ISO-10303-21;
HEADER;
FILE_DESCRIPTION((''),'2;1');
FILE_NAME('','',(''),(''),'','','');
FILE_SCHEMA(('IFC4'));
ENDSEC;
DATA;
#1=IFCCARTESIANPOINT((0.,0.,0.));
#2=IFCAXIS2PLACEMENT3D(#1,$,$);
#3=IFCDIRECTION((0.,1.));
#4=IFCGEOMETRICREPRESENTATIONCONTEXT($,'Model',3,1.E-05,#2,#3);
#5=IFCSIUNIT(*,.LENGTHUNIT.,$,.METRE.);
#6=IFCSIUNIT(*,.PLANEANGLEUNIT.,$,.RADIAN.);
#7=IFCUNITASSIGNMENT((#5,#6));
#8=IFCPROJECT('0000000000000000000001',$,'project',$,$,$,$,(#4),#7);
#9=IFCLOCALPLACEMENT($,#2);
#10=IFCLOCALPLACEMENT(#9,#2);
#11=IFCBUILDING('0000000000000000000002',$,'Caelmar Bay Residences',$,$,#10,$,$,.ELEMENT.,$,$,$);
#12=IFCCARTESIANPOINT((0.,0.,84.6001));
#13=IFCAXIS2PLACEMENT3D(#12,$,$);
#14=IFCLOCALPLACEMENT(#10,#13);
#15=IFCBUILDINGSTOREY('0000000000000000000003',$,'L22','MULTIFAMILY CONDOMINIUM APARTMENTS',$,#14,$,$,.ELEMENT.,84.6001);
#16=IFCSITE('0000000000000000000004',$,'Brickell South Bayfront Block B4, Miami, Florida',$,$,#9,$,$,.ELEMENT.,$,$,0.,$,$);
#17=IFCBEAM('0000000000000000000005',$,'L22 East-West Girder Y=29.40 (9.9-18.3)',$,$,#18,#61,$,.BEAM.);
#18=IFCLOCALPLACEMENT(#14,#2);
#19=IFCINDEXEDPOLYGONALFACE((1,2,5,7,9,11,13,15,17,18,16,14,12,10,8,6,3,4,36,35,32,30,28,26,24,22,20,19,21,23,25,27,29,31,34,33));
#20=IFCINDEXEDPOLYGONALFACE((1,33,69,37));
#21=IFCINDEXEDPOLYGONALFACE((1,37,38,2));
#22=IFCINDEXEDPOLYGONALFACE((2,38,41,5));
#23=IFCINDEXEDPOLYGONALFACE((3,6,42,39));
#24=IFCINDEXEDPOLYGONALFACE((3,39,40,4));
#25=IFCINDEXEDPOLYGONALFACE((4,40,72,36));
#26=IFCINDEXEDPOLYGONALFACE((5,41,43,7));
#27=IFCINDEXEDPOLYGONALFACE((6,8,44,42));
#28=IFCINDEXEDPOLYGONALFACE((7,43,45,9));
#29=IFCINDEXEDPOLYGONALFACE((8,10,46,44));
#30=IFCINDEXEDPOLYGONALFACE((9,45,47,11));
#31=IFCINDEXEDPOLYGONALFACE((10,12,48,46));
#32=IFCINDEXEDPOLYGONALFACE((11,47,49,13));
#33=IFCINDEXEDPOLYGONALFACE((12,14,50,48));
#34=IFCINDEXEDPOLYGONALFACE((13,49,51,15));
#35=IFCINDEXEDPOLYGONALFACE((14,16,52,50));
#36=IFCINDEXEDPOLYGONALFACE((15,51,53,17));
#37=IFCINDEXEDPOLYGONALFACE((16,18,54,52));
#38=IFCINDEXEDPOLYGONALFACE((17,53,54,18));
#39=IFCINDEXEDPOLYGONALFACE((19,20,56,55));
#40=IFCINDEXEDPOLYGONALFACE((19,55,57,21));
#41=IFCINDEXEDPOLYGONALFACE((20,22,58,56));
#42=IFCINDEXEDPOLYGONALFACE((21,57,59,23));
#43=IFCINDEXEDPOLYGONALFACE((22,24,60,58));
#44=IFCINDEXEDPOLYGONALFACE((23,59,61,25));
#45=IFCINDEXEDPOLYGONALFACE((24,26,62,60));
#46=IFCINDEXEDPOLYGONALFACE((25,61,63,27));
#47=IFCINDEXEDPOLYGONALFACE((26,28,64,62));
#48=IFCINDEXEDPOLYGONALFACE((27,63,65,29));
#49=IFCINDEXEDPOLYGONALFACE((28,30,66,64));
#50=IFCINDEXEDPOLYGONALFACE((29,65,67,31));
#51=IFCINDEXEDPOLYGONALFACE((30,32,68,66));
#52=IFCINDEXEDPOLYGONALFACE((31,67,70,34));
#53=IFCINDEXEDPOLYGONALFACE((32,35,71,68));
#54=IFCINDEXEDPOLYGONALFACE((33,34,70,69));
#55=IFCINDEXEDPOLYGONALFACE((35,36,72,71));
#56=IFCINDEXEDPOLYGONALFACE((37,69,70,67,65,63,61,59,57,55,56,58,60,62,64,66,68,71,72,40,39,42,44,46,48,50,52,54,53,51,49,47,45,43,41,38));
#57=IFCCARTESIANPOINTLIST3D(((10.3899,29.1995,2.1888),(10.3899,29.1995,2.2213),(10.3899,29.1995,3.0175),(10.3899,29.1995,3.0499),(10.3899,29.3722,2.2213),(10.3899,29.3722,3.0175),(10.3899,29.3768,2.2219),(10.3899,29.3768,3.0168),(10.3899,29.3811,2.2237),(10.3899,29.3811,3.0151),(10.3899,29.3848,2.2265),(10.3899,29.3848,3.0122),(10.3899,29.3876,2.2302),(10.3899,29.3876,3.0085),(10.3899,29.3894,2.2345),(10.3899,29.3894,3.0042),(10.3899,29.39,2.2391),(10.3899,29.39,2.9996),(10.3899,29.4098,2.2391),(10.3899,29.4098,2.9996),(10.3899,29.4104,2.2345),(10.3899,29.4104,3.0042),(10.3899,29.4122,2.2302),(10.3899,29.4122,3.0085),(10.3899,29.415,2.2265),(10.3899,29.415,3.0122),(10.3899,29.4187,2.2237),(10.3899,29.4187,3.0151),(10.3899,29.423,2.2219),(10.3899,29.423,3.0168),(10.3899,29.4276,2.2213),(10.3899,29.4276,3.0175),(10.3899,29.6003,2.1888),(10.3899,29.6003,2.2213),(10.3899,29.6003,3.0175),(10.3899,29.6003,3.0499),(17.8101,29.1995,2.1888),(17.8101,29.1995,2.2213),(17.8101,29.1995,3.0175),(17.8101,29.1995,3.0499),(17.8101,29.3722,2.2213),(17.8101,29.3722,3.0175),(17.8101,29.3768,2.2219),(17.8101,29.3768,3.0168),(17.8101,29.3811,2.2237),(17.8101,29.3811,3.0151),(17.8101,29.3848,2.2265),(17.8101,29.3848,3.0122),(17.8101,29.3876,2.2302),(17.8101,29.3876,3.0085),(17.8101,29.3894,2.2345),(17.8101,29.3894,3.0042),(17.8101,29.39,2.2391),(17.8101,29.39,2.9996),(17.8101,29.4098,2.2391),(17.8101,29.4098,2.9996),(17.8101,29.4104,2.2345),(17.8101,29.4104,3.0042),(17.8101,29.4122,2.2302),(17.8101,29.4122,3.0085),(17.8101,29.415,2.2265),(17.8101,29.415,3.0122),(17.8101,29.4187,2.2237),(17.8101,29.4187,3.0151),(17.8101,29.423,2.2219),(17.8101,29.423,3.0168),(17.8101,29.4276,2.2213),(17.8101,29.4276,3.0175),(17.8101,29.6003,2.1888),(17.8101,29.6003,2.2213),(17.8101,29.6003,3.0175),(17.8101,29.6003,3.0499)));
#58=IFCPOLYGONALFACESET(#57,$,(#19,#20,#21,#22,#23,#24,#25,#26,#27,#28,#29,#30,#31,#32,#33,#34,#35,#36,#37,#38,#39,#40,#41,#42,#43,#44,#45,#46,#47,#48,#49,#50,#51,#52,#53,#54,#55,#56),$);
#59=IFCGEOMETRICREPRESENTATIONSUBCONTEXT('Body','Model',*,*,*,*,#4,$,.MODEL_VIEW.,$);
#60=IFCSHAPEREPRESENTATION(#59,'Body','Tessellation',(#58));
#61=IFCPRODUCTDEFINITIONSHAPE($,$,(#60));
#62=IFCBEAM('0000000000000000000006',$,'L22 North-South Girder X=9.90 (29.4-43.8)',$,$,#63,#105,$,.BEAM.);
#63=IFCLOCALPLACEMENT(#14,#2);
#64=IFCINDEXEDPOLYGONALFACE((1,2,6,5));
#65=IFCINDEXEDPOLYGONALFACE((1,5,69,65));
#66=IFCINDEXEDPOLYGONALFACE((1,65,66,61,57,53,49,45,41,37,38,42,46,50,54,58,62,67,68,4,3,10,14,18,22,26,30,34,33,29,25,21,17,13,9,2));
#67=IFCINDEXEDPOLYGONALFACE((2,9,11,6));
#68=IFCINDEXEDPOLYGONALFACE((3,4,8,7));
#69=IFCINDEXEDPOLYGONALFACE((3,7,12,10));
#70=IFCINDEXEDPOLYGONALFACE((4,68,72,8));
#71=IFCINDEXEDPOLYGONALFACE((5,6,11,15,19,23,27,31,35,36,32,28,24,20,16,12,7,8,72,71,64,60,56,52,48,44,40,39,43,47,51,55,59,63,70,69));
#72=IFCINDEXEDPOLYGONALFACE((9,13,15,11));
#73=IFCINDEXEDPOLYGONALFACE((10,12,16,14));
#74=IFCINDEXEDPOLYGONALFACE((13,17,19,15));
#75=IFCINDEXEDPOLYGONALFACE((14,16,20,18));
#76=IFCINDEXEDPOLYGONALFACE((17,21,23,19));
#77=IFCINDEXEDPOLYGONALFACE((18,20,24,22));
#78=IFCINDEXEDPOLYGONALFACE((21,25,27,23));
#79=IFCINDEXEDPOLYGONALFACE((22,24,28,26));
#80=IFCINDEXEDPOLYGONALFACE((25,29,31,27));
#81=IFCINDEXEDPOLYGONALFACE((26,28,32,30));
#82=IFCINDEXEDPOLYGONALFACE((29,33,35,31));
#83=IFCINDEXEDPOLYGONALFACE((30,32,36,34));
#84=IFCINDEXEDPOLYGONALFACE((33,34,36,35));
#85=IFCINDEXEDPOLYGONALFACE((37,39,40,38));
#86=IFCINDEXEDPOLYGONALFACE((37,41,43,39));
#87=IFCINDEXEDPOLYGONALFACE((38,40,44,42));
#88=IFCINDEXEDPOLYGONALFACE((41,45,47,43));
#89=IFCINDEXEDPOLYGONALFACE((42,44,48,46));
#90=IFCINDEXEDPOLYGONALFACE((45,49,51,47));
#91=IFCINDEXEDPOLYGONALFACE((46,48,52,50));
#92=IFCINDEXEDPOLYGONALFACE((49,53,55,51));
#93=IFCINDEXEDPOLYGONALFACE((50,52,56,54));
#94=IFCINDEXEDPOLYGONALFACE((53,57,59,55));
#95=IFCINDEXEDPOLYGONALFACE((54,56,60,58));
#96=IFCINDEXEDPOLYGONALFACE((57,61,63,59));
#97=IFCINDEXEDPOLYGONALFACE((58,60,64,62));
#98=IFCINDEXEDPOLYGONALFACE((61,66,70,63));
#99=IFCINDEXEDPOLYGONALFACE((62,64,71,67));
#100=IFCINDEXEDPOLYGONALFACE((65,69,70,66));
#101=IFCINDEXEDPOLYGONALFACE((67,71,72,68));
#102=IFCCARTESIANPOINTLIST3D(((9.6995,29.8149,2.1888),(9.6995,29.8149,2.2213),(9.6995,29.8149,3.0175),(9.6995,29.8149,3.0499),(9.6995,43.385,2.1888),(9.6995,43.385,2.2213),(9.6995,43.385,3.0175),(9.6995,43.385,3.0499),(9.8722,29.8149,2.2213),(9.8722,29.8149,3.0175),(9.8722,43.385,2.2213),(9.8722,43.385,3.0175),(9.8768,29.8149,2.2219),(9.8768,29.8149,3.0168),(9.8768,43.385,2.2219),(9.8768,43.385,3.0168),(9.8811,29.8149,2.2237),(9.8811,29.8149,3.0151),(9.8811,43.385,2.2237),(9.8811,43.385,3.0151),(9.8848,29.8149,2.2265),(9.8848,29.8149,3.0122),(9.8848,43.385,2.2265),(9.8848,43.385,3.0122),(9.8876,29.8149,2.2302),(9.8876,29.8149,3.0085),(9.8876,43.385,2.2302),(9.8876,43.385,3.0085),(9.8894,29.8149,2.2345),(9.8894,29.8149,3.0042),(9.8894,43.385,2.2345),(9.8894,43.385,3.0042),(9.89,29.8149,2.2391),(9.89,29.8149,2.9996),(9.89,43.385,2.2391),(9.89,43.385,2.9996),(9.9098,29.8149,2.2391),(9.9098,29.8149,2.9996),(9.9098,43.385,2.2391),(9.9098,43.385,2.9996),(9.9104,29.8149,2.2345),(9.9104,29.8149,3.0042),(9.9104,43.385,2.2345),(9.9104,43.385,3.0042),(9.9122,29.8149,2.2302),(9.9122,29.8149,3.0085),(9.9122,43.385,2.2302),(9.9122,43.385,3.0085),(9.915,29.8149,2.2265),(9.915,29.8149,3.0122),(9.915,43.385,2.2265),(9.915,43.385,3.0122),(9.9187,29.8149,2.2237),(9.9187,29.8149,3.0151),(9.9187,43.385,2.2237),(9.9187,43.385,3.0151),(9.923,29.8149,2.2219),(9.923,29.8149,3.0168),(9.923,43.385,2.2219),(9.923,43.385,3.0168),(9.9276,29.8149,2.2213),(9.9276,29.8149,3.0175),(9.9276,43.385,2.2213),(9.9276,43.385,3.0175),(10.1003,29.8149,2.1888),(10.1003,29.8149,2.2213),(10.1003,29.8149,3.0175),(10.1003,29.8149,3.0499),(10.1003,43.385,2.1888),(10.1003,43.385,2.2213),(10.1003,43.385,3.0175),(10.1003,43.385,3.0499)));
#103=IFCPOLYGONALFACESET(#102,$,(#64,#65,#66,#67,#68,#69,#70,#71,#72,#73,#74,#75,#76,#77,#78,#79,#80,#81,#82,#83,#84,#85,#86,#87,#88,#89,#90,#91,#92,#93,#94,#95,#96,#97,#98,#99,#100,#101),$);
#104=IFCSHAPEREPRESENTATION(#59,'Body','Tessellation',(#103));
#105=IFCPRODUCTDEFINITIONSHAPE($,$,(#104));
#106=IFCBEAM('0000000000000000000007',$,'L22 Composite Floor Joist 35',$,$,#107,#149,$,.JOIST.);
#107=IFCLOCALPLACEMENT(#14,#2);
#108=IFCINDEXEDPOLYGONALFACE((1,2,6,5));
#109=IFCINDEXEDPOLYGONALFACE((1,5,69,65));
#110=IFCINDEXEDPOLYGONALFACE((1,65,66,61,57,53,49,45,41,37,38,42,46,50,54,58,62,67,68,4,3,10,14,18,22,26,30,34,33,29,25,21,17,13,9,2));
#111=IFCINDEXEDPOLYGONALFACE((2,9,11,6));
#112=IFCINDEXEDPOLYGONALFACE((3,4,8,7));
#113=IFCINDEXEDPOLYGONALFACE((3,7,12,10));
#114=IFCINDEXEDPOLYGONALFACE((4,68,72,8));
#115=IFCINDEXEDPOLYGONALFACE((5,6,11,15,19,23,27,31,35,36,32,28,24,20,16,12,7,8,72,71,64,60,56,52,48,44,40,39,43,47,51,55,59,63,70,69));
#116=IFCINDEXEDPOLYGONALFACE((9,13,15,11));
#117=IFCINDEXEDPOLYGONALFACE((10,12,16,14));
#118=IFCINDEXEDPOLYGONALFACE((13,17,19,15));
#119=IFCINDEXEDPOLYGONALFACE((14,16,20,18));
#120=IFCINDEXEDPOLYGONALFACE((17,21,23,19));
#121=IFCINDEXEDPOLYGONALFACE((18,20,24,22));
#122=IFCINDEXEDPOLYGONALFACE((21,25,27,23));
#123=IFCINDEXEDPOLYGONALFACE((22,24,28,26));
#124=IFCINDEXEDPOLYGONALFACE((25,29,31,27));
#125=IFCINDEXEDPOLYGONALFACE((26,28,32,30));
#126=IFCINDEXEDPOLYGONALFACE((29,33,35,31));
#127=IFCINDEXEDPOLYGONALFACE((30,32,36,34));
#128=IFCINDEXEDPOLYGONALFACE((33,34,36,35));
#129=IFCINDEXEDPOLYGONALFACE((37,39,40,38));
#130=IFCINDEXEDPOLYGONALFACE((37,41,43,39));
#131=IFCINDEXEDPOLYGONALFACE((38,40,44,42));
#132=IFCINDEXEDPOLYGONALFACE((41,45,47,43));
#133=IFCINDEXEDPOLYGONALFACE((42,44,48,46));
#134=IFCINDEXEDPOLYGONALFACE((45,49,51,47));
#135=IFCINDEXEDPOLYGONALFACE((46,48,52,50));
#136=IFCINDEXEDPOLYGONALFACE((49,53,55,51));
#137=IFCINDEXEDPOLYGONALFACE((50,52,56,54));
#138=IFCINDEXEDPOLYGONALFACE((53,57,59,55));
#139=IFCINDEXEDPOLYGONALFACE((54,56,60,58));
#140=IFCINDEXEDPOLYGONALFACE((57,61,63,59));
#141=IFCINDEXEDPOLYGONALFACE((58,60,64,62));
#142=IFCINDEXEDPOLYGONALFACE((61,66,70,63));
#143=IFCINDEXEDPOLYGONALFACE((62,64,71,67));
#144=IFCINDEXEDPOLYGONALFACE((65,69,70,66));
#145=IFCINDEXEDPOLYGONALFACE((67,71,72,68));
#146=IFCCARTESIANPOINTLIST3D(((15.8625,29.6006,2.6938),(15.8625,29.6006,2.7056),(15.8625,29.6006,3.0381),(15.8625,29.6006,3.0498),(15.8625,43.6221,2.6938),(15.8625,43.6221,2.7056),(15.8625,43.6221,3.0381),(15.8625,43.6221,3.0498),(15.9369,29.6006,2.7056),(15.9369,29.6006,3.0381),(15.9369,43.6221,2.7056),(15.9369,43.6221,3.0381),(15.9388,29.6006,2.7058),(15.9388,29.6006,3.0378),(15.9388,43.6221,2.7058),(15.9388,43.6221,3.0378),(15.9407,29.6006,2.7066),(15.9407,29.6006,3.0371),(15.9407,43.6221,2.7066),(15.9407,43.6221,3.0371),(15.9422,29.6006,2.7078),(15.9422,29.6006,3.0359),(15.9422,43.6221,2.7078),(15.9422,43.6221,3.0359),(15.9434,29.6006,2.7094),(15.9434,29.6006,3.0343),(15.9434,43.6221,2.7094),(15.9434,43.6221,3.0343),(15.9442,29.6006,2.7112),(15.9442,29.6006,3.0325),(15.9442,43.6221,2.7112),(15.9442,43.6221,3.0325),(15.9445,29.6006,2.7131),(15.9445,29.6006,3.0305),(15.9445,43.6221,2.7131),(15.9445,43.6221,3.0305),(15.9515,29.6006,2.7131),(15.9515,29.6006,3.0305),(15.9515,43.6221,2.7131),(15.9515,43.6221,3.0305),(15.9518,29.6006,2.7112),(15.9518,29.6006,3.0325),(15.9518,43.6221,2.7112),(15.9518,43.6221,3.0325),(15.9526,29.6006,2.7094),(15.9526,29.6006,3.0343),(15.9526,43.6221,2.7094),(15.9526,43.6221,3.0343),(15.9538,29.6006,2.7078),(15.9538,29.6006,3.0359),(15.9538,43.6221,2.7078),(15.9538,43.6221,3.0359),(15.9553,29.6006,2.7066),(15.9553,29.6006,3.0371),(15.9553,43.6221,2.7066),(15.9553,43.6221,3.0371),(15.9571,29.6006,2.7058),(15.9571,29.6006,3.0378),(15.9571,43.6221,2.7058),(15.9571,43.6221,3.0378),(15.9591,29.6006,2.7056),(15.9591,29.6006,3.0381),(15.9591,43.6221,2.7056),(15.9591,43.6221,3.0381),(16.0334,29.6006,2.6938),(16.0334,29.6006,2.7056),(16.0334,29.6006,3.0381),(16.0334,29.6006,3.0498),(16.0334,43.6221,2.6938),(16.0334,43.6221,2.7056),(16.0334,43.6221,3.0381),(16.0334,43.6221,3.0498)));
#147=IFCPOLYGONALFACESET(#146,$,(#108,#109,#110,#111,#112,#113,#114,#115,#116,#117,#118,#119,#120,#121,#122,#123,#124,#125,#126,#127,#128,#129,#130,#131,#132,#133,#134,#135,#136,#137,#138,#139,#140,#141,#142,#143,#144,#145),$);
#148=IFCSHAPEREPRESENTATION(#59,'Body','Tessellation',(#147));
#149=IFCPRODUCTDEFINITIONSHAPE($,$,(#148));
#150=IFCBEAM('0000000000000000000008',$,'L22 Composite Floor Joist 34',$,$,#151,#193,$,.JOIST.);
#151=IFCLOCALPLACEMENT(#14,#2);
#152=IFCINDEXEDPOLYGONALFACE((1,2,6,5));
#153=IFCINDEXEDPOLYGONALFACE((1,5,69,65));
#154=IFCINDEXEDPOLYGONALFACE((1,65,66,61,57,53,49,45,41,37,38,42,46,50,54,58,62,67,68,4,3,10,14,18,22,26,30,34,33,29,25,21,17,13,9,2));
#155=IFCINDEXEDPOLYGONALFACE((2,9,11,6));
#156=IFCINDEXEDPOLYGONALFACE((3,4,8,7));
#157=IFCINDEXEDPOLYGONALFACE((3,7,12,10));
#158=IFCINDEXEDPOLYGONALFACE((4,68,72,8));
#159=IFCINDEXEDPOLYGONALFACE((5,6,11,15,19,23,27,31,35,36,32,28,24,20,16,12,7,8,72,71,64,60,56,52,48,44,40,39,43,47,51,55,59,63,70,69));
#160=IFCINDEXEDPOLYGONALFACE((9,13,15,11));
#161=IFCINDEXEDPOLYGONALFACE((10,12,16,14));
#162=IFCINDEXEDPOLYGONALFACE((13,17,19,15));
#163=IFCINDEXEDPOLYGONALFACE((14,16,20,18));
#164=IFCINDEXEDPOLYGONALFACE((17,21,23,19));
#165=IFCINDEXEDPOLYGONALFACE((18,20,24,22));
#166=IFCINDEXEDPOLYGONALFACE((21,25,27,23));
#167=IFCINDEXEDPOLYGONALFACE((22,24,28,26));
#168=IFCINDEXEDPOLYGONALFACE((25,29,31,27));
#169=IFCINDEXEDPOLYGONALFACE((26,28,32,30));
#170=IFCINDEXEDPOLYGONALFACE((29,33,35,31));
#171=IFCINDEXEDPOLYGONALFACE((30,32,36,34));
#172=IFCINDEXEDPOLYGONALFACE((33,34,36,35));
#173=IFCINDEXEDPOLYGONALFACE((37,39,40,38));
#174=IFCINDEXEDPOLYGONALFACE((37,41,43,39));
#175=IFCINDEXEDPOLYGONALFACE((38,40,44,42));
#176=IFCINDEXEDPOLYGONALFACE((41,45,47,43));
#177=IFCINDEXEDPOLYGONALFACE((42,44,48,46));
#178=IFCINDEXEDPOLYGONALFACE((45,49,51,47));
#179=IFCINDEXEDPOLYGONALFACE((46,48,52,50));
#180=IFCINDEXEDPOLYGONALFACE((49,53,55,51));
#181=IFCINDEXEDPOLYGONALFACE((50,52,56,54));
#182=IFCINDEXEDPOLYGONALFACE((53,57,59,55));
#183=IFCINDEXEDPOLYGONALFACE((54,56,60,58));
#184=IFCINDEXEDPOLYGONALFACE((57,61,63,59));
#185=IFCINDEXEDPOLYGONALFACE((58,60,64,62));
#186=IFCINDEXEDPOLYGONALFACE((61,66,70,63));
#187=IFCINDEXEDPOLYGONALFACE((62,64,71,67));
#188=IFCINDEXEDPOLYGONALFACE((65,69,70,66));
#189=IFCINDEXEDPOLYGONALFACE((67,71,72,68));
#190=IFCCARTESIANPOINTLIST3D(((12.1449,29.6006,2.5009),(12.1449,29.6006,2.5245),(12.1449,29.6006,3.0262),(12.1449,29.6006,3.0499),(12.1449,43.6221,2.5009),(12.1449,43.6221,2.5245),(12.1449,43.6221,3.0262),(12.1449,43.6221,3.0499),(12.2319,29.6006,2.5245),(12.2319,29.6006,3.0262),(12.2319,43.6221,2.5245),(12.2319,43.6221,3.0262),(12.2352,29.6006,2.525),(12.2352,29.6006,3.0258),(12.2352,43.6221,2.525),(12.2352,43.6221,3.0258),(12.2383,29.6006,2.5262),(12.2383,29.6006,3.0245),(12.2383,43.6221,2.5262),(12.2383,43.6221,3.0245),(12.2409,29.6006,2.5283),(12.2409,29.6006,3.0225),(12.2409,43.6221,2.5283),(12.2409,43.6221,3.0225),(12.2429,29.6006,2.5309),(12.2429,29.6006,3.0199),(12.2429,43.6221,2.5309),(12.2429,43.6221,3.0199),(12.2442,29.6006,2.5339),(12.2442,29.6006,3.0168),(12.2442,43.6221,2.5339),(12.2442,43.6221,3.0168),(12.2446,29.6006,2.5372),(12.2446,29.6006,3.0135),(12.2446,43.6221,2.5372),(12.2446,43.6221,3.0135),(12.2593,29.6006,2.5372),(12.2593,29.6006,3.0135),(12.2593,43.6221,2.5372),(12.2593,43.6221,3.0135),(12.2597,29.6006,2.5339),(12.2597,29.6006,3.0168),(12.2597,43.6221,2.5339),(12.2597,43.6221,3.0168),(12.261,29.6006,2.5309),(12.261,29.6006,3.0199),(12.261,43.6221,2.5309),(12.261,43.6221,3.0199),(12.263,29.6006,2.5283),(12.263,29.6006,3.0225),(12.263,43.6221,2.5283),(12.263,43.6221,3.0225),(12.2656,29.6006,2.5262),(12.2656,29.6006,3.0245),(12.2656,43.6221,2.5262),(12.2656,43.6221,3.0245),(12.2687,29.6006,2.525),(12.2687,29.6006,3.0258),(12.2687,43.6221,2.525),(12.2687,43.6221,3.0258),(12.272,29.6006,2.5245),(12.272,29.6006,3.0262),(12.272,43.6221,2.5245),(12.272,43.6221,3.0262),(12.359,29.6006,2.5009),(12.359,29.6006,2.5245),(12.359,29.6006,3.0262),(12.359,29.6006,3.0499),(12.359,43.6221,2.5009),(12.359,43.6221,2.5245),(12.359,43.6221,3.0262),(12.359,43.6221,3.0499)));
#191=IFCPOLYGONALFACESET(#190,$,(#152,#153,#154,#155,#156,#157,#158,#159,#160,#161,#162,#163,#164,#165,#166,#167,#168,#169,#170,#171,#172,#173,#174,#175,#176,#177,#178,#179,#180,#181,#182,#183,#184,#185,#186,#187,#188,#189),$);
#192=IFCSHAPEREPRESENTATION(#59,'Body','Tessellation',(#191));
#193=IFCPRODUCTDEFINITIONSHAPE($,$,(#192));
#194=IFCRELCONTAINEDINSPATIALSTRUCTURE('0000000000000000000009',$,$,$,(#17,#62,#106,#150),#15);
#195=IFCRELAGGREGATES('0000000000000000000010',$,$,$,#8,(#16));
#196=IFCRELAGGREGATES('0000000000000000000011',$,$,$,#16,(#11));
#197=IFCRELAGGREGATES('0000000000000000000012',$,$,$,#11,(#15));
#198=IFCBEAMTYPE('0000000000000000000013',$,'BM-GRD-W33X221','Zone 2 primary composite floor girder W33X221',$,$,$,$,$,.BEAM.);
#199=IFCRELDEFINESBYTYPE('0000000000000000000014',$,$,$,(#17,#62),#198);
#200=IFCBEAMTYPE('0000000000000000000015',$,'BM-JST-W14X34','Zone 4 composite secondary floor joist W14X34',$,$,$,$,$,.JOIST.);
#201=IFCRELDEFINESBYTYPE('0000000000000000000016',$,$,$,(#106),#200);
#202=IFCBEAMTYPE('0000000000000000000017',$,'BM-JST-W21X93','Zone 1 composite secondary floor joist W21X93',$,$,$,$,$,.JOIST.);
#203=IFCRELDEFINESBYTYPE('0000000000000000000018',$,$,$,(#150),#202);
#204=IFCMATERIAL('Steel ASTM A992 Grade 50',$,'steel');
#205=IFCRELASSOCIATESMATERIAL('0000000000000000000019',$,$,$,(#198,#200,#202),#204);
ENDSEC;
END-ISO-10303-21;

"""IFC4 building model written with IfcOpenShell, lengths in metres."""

from ifc_helpers import new_model, si_unit, direction, frame, origin, origin_2d, place, context, subcontext, project, spatial, i_section, extrude, material, material_profile, profile_set, type_object, element, save


model = new_model("IFC4")

# Units and contexts
model_context = context("Model", 3, precision=1e-05, world=origin(), true_north=direction((0.0, 1.0)))
body_context = subcontext(model_context, "Body", "Model", "MODEL_VIEW")
ifc_project = project(units=[si_unit("LENGTHUNIT", "METRE"), si_unit("PLANEANGLEUNIT", "RADIAN")], contexts=[model_context])

# Site, building, storey
site_placement = place(None, origin())
site = spatial("IfcSite", under=ifc_project, at=site_placement, Name="Brickell South Bayfront Block B4, Miami, Florida", CompositionType="ELEMENT", RefElevation=0.0)
building_placement = place(site_placement, origin())
building = spatial("IfcBuilding", under=site, at=building_placement, Name="Caelmar Bay Residences", CompositionType="ELEMENT")
storey_placement = place(building_placement, frame((0.0, 0.0, 84.6001)))
storey = spatial("IfcBuildingStorey", under=building, at=storey_placement, Name="L22", Description="MULTIFAMILY CONDOMINIUM APARTMENTS", CompositionType="ELEMENT", Elevation=84.6001)

# Beams
ifc_material_1 = material(Name="Steel ASTM A992 Grade 50", Category="steel")
ifc_material_profile_1 = material_profile(ifc_material_1, i_section(OverallWidth=0.4009, OverallDepth=0.8611, WebThickness=0.0198, FlangeThickness=0.0325, FilletRadius=0.0178, at=origin_2d()), Name="W33X221")
ifc_profile_set_1 = profile_set([ifc_material_profile_1], Name="Steel ASTM A992 Grade 50")
beam_type_1 = type_object("IfcBeamType", Name="BM-GRD-W33X221", Description="Zone 2 primary composite floor girder W33X221", PredefinedType="BEAM", material=ifc_profile_set_1)
beam_1_placement = place(storey_placement, frame((10.3899, 29.3999, 2.6194), z_axis=(1.0, 0.0, 0.0), x_axis=(0.0, 1.0, 0.0)))
element("IfcBeam", 1, at=beam_1_placement, inside=storey, type_object=beam_type_1, Name="L22 East-West Girder Y=29.40 (9.9-18.3)", PredefinedType="BEAM", context=body_context, shape_type="SweptSolid", body=[
    extrude(i_section(OverallWidth=0.4009, OverallDepth=0.8611, WebThickness=0.0198, FlangeThickness=0.0325, FilletRadius=0.0178, at=origin_2d()), origin(), (0.0, 0.0, 1.0), 7.4202),
])
beam_2_placement = place(storey_placement, frame((9.8999, 29.8149, 2.6194), z_axis=(0.0, 1.0, 0.0), x_axis=(-1.0, 0.0, 0.0)))
element("IfcBeam", 2, at=beam_2_placement, inside=storey, type_object=beam_type_1, Name="L22 North-South Girder X=9.90 (29.4-43.8)", PredefinedType="BEAM", context=body_context, shape_type="SweptSolid", body=[
    extrude(i_section(OverallWidth=0.4009, OverallDepth=0.8611, WebThickness=0.0198, FlangeThickness=0.0325, FilletRadius=0.0178, at=origin_2d()), origin(), (0.0, 0.0, 1.0), 13.5701),
])
ifc_material_profile_2 = material_profile(ifc_material_1, i_section(OverallWidth=0.1709, OverallDepth=0.356, WebThickness=0.0071, FlangeThickness=0.0117, FilletRadius=0.0076, at=origin_2d()), Name="W14X34")
ifc_profile_set_2 = profile_set([ifc_material_profile_2], Name="Steel ASTM A992 Grade 50")
beam_type_2 = type_object("IfcBeamType", Name="BM-JST-W14X34", Description="Zone 4 composite secondary floor joist W14X34", PredefinedType="JOIST", material=ifc_profile_set_2)
beam_3_placement = place(storey_placement, frame((15.948, 29.6006, 2.8718), z_axis=(0.0, 1.0, 0.0), x_axis=(-1.0, 0.0, 0.0)))
element("IfcBeam", 3, at=beam_3_placement, inside=storey, type_object=beam_type_2, Name="L22 Composite Floor Joist 35", PredefinedType="JOIST", context=body_context, shape_type="SweptSolid", body=[
    extrude(i_section(OverallWidth=0.1709, OverallDepth=0.356, WebThickness=0.0071, FlangeThickness=0.0117, FilletRadius=0.0076, at=origin_2d()), origin(), (0.0, 0.0, 1.0), 14.0215),
])
ifc_material_profile_3 = material_profile(ifc_material_1, i_section(OverallWidth=0.2141, OverallDepth=0.5491, WebThickness=0.0146, FlangeThickness=0.0237, FilletRadius=0.0127, at=origin_2d()), Name="W21X93")
ifc_profile_set_3 = profile_set([ifc_material_profile_3], Name="Steel ASTM A992 Grade 50")
beam_type_3 = type_object("IfcBeamType", Name="BM-JST-W21X93", Description="Zone 1 composite secondary floor joist W21X93", PredefinedType="JOIST", material=ifc_profile_set_3)
beam_4_placement = place(storey_placement, frame((12.252, 29.6006, 2.7754), z_axis=(0.0, 1.0, 0.0), x_axis=(-1.0, 0.0, 0.0)))
element("IfcBeam", 4, at=beam_4_placement, inside=storey, type_object=beam_type_3, Name="L22 Composite Floor Joist 34", PredefinedType="JOIST", context=body_context, shape_type="SweptSolid", body=[
    extrude(i_section(OverallWidth=0.2141, OverallDepth=0.5491, WebThickness=0.0146, FlangeThickness=0.0237, FilletRadius=0.0127, at=origin_2d()), origin(), (0.0, 0.0, 1.0), 14.0215),
])

save(model, "model.ifc")
